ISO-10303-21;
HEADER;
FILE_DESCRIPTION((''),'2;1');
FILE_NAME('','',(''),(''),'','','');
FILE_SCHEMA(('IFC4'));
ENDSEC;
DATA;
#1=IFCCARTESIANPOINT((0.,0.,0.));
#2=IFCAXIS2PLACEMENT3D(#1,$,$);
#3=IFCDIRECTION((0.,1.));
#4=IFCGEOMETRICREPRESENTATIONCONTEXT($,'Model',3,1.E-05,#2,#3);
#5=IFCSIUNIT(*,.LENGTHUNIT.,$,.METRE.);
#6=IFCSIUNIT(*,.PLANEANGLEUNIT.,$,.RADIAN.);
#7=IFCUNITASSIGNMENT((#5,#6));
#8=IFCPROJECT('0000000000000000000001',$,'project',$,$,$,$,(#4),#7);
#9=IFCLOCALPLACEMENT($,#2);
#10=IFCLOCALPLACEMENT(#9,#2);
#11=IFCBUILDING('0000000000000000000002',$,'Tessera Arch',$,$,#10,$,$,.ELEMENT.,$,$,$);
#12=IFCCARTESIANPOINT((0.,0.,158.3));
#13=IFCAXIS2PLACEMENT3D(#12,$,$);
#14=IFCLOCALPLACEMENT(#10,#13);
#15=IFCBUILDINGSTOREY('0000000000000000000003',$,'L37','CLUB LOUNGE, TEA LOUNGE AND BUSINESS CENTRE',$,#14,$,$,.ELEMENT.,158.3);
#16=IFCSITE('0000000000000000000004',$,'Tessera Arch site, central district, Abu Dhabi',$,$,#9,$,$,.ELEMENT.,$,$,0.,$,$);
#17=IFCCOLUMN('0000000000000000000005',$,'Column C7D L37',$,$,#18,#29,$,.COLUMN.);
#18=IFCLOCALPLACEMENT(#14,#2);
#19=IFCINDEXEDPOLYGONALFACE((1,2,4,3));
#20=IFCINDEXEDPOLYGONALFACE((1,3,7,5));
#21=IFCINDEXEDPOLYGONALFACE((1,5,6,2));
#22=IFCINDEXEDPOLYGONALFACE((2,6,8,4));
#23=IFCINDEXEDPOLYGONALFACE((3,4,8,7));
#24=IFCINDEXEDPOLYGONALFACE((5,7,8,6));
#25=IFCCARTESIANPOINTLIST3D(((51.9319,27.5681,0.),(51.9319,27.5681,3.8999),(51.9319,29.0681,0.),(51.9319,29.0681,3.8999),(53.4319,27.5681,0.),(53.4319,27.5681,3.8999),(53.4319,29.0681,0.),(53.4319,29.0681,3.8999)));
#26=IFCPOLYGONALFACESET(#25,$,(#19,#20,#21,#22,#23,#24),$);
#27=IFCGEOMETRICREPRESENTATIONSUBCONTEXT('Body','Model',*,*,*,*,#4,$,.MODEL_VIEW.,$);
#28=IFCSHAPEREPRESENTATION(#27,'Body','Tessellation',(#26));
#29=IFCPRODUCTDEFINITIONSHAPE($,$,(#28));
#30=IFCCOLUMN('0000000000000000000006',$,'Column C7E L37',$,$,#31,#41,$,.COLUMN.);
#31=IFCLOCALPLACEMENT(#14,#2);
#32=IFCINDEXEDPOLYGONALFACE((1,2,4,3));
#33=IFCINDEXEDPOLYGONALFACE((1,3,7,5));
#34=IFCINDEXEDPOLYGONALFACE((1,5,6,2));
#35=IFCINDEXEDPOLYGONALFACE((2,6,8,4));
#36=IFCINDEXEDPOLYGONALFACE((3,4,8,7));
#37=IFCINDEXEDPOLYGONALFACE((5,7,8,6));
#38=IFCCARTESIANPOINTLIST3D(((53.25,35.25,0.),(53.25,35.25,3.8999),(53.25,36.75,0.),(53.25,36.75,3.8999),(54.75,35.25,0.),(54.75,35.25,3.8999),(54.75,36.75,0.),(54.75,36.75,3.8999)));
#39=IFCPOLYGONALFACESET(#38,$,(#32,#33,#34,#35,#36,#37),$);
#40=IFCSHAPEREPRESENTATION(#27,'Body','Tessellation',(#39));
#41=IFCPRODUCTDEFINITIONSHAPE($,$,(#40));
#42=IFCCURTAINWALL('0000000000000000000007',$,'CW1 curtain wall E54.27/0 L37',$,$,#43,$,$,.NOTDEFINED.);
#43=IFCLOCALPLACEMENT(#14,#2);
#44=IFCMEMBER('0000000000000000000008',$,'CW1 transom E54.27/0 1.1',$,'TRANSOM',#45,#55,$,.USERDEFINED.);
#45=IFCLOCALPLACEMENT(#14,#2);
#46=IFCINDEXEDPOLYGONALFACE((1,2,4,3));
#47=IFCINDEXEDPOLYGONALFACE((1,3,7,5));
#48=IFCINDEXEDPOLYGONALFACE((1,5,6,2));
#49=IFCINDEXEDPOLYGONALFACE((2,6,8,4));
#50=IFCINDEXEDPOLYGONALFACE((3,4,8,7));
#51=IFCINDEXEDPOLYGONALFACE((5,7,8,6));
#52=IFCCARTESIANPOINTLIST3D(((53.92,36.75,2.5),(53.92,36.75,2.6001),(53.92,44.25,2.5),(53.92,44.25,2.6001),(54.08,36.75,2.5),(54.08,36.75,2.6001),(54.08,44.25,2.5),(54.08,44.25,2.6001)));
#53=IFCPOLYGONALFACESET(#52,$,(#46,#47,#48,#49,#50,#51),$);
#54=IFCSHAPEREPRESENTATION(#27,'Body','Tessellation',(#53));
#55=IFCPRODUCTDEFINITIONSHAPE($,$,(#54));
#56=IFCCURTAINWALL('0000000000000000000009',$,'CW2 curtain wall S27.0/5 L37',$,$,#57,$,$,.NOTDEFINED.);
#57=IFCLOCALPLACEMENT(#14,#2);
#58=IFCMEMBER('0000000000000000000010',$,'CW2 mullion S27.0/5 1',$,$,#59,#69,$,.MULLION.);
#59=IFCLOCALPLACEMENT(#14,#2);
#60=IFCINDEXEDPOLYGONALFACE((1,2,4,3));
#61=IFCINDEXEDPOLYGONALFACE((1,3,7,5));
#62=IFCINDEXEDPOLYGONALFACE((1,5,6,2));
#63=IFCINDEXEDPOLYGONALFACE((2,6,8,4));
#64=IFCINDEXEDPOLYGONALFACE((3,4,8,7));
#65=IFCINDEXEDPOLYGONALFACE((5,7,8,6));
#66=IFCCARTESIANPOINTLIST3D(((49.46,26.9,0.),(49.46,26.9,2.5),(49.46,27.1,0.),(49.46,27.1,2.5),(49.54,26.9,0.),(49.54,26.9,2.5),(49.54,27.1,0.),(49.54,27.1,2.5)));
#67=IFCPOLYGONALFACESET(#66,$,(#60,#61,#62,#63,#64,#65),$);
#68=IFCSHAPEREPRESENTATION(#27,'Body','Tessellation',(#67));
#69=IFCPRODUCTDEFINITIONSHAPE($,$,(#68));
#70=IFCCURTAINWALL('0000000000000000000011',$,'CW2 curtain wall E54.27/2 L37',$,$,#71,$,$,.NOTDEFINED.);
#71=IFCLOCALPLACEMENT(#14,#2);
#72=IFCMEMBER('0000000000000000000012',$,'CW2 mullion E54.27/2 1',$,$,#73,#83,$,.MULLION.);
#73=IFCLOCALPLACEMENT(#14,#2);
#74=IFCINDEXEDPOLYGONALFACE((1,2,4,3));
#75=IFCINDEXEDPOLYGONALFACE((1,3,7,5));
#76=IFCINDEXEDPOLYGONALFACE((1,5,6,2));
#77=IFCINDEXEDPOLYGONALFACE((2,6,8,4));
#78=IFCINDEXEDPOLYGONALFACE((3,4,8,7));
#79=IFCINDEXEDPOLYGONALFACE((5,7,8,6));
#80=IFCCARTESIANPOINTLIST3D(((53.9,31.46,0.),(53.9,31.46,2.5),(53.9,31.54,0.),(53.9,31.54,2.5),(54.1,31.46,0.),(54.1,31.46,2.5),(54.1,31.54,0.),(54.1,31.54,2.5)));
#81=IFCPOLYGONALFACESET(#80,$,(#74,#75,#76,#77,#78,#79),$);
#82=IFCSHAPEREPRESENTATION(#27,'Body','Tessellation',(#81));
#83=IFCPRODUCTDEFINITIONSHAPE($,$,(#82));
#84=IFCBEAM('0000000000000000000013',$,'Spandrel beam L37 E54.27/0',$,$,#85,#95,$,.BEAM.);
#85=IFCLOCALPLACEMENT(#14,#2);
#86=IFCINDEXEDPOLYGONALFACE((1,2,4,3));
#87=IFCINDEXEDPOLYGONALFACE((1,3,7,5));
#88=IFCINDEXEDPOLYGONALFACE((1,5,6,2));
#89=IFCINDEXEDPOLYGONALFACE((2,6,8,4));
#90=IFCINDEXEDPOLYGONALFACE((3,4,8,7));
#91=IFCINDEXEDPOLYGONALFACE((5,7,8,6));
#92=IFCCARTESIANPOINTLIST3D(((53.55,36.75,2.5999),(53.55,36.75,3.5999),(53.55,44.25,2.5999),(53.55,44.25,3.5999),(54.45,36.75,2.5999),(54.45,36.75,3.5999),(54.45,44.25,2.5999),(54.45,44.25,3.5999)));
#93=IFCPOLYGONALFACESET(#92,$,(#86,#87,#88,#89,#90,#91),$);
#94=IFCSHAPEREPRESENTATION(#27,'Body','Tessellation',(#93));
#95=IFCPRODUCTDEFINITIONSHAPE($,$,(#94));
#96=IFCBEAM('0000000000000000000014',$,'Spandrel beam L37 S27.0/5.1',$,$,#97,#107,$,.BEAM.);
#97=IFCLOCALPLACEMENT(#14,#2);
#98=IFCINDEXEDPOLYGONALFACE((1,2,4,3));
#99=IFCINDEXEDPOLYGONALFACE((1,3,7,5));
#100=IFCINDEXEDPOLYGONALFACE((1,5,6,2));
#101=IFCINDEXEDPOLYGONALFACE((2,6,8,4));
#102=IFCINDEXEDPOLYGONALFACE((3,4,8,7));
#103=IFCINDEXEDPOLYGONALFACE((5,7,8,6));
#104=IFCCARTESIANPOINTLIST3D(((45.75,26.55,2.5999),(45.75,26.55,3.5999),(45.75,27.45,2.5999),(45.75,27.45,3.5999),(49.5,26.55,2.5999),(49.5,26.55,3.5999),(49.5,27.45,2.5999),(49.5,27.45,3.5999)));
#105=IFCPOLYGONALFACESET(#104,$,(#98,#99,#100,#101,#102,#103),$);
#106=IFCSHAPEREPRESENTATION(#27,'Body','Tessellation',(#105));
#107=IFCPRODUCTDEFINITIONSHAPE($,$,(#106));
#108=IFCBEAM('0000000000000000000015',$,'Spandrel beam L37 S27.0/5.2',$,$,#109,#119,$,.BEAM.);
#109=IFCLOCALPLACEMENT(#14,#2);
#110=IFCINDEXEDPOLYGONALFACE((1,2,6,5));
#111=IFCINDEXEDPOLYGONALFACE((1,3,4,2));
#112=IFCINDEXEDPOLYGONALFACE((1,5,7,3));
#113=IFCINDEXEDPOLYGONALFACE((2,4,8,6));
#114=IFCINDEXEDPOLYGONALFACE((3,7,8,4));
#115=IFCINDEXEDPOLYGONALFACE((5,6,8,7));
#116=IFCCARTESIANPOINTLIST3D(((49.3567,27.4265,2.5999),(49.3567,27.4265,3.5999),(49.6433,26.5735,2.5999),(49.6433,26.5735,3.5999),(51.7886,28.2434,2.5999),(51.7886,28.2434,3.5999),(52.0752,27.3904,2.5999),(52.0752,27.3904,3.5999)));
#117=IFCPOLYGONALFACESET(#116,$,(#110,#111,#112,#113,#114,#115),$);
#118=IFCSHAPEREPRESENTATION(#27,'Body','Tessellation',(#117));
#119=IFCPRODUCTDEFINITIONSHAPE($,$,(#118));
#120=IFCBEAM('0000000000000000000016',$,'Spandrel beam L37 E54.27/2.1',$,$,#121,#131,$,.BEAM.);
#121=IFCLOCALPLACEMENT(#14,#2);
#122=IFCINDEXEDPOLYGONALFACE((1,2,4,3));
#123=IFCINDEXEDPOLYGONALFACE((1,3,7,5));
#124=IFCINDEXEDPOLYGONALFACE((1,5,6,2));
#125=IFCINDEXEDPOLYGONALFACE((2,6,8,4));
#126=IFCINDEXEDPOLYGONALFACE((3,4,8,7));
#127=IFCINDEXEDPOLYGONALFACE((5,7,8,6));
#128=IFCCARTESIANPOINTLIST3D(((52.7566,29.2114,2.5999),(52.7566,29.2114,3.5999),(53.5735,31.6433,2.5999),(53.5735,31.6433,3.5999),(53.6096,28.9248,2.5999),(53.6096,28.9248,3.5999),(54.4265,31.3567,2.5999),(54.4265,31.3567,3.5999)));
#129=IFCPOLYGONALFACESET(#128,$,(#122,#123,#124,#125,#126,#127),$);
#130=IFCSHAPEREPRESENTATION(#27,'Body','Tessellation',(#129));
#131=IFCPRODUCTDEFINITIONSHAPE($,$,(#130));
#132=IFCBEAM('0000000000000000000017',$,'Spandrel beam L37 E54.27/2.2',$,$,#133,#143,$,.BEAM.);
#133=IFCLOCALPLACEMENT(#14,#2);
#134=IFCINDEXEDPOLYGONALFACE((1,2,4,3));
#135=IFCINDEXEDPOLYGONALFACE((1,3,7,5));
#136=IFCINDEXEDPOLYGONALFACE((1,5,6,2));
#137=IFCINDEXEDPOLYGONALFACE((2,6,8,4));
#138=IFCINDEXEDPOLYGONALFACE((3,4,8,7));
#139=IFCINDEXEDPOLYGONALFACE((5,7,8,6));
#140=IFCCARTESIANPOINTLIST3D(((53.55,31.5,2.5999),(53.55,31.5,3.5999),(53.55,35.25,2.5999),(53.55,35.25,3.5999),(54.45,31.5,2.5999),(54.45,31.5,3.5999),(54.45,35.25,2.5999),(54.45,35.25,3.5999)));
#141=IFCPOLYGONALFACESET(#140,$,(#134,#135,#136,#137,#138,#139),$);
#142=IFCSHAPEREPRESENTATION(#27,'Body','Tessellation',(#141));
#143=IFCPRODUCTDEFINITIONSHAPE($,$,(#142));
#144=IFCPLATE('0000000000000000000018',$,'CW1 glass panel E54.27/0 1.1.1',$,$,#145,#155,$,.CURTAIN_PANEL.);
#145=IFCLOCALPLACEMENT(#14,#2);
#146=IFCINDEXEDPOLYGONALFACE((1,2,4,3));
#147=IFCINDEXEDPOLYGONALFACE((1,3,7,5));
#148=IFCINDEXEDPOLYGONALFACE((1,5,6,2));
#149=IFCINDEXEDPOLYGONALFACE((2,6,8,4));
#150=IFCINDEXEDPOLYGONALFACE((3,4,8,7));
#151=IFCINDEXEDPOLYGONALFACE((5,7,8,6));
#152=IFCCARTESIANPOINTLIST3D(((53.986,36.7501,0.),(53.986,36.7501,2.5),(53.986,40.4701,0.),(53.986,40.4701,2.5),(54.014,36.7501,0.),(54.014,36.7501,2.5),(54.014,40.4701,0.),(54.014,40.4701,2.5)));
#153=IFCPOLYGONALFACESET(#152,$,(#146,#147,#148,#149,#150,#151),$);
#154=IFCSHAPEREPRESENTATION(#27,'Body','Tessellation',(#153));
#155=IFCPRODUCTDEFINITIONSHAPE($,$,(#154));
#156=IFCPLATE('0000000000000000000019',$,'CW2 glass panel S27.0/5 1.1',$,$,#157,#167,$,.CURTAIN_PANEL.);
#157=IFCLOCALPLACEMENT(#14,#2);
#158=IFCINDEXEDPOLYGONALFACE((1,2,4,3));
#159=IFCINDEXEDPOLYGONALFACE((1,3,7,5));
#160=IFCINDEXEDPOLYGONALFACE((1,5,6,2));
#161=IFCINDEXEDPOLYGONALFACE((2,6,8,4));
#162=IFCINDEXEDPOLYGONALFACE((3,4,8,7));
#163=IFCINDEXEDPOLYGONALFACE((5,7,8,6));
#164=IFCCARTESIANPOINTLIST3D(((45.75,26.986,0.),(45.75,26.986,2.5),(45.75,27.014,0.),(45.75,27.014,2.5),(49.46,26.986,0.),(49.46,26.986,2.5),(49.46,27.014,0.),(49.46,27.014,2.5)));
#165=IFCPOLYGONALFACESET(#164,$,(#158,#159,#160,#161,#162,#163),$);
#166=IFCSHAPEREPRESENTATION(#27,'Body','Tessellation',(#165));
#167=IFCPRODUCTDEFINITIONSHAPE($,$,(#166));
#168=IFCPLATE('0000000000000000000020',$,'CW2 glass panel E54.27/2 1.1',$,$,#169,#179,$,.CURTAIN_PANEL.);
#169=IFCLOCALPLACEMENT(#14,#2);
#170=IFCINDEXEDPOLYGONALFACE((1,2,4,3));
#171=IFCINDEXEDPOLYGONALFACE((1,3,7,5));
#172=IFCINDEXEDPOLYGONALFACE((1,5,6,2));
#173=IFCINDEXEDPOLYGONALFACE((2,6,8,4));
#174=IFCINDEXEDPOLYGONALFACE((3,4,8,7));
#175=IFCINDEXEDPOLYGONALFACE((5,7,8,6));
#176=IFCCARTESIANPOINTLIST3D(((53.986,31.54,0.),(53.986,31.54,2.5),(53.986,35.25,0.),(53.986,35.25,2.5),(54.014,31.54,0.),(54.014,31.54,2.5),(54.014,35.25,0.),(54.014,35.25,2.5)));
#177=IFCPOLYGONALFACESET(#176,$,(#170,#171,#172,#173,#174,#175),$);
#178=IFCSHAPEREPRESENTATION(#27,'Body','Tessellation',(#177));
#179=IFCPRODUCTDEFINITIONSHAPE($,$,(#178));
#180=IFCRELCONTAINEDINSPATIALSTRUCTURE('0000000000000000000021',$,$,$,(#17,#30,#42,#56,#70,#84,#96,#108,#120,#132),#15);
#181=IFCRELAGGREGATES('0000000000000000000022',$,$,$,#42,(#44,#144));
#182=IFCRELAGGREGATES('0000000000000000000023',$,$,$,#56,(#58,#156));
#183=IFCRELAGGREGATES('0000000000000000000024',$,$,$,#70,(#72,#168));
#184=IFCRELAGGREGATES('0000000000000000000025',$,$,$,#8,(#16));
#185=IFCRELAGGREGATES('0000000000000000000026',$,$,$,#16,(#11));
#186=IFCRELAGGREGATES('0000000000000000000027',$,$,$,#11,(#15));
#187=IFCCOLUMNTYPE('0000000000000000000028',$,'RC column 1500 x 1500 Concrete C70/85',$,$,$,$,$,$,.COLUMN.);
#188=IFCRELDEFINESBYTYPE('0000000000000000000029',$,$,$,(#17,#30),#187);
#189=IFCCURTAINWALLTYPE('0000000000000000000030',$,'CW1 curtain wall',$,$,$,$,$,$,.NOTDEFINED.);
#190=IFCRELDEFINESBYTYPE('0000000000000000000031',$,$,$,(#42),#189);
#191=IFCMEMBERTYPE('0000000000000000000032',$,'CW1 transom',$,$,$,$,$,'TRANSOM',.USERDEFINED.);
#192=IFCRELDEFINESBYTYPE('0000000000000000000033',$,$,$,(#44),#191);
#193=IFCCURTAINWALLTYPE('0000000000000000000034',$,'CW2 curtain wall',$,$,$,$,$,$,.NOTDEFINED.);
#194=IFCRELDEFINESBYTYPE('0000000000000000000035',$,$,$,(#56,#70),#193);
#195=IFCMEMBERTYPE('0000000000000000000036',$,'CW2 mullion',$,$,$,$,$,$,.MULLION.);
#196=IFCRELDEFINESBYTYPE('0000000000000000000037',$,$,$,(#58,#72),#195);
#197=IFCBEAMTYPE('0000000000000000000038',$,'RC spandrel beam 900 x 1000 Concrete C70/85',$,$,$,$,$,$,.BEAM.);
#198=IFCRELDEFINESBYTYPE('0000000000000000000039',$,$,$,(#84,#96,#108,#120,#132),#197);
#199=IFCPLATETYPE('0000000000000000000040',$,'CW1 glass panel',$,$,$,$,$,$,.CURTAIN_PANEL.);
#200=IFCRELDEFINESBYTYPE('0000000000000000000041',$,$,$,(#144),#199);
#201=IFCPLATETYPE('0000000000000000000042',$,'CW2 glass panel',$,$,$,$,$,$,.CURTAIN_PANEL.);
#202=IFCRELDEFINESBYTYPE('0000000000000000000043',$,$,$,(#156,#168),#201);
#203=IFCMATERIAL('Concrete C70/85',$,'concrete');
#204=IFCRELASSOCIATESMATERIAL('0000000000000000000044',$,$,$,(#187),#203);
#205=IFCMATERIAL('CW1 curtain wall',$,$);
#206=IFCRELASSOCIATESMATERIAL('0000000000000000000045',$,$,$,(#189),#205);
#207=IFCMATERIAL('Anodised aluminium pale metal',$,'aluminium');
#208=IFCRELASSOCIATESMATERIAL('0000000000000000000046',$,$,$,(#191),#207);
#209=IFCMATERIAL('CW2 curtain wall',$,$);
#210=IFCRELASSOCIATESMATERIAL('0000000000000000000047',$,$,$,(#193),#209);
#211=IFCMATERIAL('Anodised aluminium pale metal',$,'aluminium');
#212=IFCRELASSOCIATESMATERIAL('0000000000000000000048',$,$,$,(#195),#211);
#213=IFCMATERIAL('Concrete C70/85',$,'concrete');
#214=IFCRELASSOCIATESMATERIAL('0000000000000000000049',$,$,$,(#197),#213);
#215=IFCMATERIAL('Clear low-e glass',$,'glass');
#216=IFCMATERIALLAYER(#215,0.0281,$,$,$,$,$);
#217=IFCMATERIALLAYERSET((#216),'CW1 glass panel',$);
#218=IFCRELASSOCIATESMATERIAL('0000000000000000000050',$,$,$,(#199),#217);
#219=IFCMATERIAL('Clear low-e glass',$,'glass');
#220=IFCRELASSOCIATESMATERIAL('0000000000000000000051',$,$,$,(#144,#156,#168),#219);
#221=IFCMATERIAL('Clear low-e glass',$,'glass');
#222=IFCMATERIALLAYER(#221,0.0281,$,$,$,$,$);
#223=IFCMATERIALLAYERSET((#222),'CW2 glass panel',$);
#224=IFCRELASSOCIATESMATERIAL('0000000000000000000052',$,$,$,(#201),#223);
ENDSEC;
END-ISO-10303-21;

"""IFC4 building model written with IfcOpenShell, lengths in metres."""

from ifc_helpers import new_model, si_unit, direction, frame, origin, origin_2d, place, context, subcontext, project, spatial, rectangle, extrude, material, layer, layer_set, material_profile, profile_set, type_object, element, aggregate, save


model = new_model("IFC4")

# Units and contexts
model_context = context("Model", 3, precision=1e-05, world=origin(), true_north=direction((0.0, 1.0)))
body_context = subcontext(model_context, "Body", "Model", "MODEL_VIEW")
ifc_project = project(units=[si_unit("LENGTHUNIT", "METRE"), si_unit("PLANEANGLEUNIT", "RADIAN")], contexts=[model_context])

# Site, building, storey
site_placement = place(None, origin())
site = spatial("IfcSite", under=ifc_project, at=site_placement, Name="Tessera Arch site, central district, Abu Dhabi", CompositionType="ELEMENT", RefElevation=0.0)
building_placement = place(site_placement, origin())
building = spatial("IfcBuilding", under=site, at=building_placement, Name="Tessera Arch", CompositionType="ELEMENT")
storey_placement = place(building_placement, frame((0.0, 0.0, 158.3)))
storey = spatial("IfcBuildingStorey", under=building, at=storey_placement, Name="L37", Description="CLUB LOUNGE, TEA LOUNGE AND BUSINESS CENTRE", CompositionType="ELEMENT", Elevation=158.3)

# Columns
ifc_material_1 = material(Name="Concrete C70/85", Category="concrete")
ifc_material_profile_1 = material_profile(ifc_material_1, rectangle(XDim=1.5, YDim=1.5, at=origin_2d()), Name="RC column 1500 x 1500 Concrete C70/85")
ifc_profile_set_1 = profile_set([ifc_material_profile_1], Name="Concrete C70/85")
column_type = type_object("IfcColumnType", Name="RC column 1500 x 1500 Concrete C70/85", PredefinedType="COLUMN", material=ifc_profile_set_1)
for number, where, z_axis, x_axis, name in (
    (1, (52.6819, 28.3181, 0.0), (0.0, 0.0, 1.0), (1.0, 0.0, 0.0), "Column C7D L37"),
    (2, (54.0, 36.0, 0.0), (0.0, 0.0, 1.0), (1.0, 0.0, 0.0), "Column C7E L37"),
):
    element("IfcColumn", number, at=place(storey_placement, frame(where, z_axis=z_axis, x_axis=x_axis)), inside=storey, type_object=column_type, Name=name, PredefinedType="COLUMN", context=body_context, shape_type="SweptSolid", body=[
        extrude(rectangle(XDim=1.5, YDim=1.5, at=origin_2d()), origin(), (0.0, 0.0, 1.0), 3.8999),
    ])

# Curtain walls, members
ifc_material_2 = material(Name="CW1 curtain wall")
curtain_wall_type_1 = type_object("IfcCurtainWallType", Name="CW1 curtain wall", PredefinedType="NOTDEFINED", material=ifc_material_2)
curtain_wall_1_placement = place(storey_placement, origin())
curtain_wall_1 = element("IfcCurtainWall", 3, at=curtain_wall_1_placement, inside=storey, type_object=curtain_wall_type_1, Name="CW1 curtain wall E54.27/0 L37", PredefinedType="NOTDEFINED")
ifc_material_3 = material(Name="Anodised aluminium pale metal", Category="aluminium")
ifc_material_profile_2 = material_profile(ifc_material_3, rectangle(XDim=0.1599, YDim=0.1001, at=origin_2d()), Name="AL 160x100")
ifc_profile_set_2 = profile_set([ifc_material_profile_2], Name="Anodised aluminium pale metal")
member_type_1 = type_object("IfcMemberType", Name="CW1 transom", ElementType="TRANSOM", PredefinedType="USERDEFINED", material=ifc_profile_set_2)
member_1_placement = place(storey_placement, frame((54.0, 36.75, 2.55), z_axis=(0.0, 1.0, 0.0), x_axis=(-1.0, 0.0, 0.0)))
member_1 = element("IfcMember", 4, at=member_1_placement, type_object=member_type_1, Name="CW1 transom E54.27/0 1.1", ObjectType="TRANSOM", PredefinedType="USERDEFINED", context=body_context, shape_type="SweptSolid", body=[
    extrude(rectangle(XDim=0.1599, YDim=0.1001, at=origin_2d()), origin(), (0.0, 0.0, 1.0), 7.5),
])
ifc_material_4 = material(Name="CW2 curtain wall")
curtain_wall_type_2 = type_object("IfcCurtainWallType", Name="CW2 curtain wall", PredefinedType="NOTDEFINED", material=ifc_material_4)
curtain_wall_2_placement = place(storey_placement, origin())
curtain_wall_2 = element("IfcCurtainWall", 5, at=curtain_wall_2_placement, inside=storey, type_object=curtain_wall_type_2, Name="CW2 curtain wall S27.0/5 L37", PredefinedType="NOTDEFINED")
ifc_material_5 = material(Name="Anodised aluminium pale metal", Category="aluminium")
ifc_material_profile_3 = material_profile(ifc_material_5, rectangle(XDim=0.2, YDim=0.0801, at=origin_2d()), Name="AL 80x200")
ifc_profile_set_3 = profile_set([ifc_material_profile_3], Name="Anodised aluminium pale metal")
member_type_2 = type_object("IfcMemberType", Name="CW2 mullion", PredefinedType="MULLION", material=ifc_profile_set_3)
member_2_placement = place(storey_placement, frame((49.5, 27.0, 0.0), z_axis=(0.0, 0.0, 1.0), x_axis=(0.0, 1.0, 0.0)))
member_2 = element("IfcMember", 6, at=member_2_placement, type_object=member_type_2, Name="CW2 mullion S27.0/5 1", PredefinedType="MULLION", context=body_context, shape_type="SweptSolid", body=[
    extrude(rectangle(XDim=0.2, YDim=0.0801, at=origin_2d()), origin(), (0.0, 0.0, 1.0), 2.5),
])
curtain_wall_3_placement = place(storey_placement, origin())
curtain_wall_3 = element("IfcCurtainWall", 7, at=curtain_wall_3_placement, inside=storey, type_object=curtain_wall_type_2, Name="CW2 curtain wall E54.27/2 L37", PredefinedType="NOTDEFINED")
member_3_placement = place(storey_placement, frame((54.0, 31.5, 0.0), z_axis=(0.0, 0.0, 1.0), x_axis=(-1.0, 0.0, 0.0)))
member_3 = element("IfcMember", 8, at=member_3_placement, type_object=member_type_2, Name="CW2 mullion E54.27/2 1", PredefinedType="MULLION", context=body_context, shape_type="SweptSolid", body=[
    extrude(rectangle(XDim=0.2, YDim=0.0801, at=origin_2d()), origin(), (0.0, 0.0, 1.0), 2.5),
])

# Beams
ifc_material_6 = material(Name="Concrete C70/85", Category="concrete")
ifc_material_profile_4 = material_profile(ifc_material_6, rectangle(XDim=0.8999, YDim=1.0, at=origin_2d()), Name="RC spandrel beam 900 x 1000 Concrete C70/85")
ifc_profile_set_4 = profile_set([ifc_material_profile_4], Name="Concrete C70/85")
beam_type = type_object("IfcBeamType", Name="RC spandrel beam 900 x 1000 Concrete C70/85", PredefinedType="BEAM", material=ifc_profile_set_4)
beam_1_placement = place(storey_placement, frame((54.0, 36.75, 3.0999), z_axis=(0.0, 1.0, 0.0), x_axis=(-1.0, 0.0, 0.0)))
element("IfcBeam", 9, at=beam_1_placement, inside=storey, type_object=beam_type, Name="Spandrel beam L37 E54.27/0", PredefinedType="BEAM", context=body_context, shape_type="SweptSolid", body=[
    extrude(rectangle(XDim=0.8999, YDim=1.0, at=origin_2d()), origin(), (0.0, 0.0, 1.0), 7.5),
])
beam_2_placement = place(storey_placement, frame((45.75, 27.0, 3.0999), z_axis=(1.0, 0.0, 0.0), x_axis=(0.0, 1.0, 0.0)))
element("IfcBeam", 10, at=beam_2_placement, inside=storey, type_object=beam_type, Name="Spandrel beam L37 S27.0/5.1", PredefinedType="BEAM", context=body_context, shape_type="SweptSolid", body=[
    extrude(rectangle(XDim=0.8999, YDim=1.0, at=origin_2d()), origin(), (0.0, 0.0, 1.0), 3.75),
])
for number, where, z_axis, x_axis, name in (
    (11, (49.5, 27.0, 3.0999), (0.947948, 0.318425, 0.0), (-0.318425, 0.947948, 0.0), "Spandrel beam L37 S27.0/5.2"),
    (12, (53.1831, 29.0681, 3.0999), (0.318425, 0.947948, 0.0), (-0.947948, 0.318425, 0.0), "Spandrel beam L37 E54.27/2.1"),
):
    element("IfcBeam", number, at=place(storey_placement, frame(where, z_axis=z_axis, x_axis=x_axis)), inside=storey, type_object=beam_type, Name=name, PredefinedType="BEAM", context=body_context, shape_type="SweptSolid", body=[
        extrude(rectangle(XDim=0.8999, YDim=1.0, at=origin_2d()), origin(), (0.0, 0.0, 1.0), 2.5654),
    ])
beam_3_placement = place(storey_placement, frame((54.0, 31.5, 3.0999), z_axis=(0.0, 1.0, 0.0), x_axis=(-1.0, 0.0, 0.0)))
element("IfcBeam", 13, at=beam_3_placement, inside=storey, type_object=beam_type, Name="Spandrel beam L37 E54.27/2.2", PredefinedType="BEAM", context=body_context, shape_type="SweptSolid", body=[
    extrude(rectangle(XDim=0.8999, YDim=1.0, at=origin_2d()), origin(), (0.0, 0.0, 1.0), 3.75),
])

# Plates
ifc_material_7 = material(Name="Clear low-e glass", Category="glass")
ifc_material_8 = material(Name="Clear low-e glass", Category="glass")
ifc_layer_1 = layer(ifc_material_8, 0.0281)
ifc_layer_set_1 = layer_set([ifc_layer_1], Name="CW1 glass panel")
plate_type_1 = type_object("IfcPlateType", Name="CW1 glass panel", PredefinedType="CURTAIN_PANEL", material=ifc_layer_set_1)
plate_1_placement = place(storey_placement, frame((54.0, 38.6101, 0.0), z_axis=(0.0, 0.0, 1.0), x_axis=(0.0, 1.0, 0.0)))
plate_1 = element("IfcPlate", 14, at=plate_1_placement, type_object=plate_type_1, material=ifc_material_7, Name="CW1 glass panel E54.27/0 1.1.1", PredefinedType="CURTAIN_PANEL", context=body_context, shape_type="SweptSolid", body=[
    extrude(rectangle(XDim=3.72, YDim=0.0281, at=origin_2d()), origin(), (0.0, 0.0, 1.0), 2.5),
])
aggregate(curtain_wall_1, [member_1, plate_1])
ifc_material_9 = material(Name="Clear low-e glass", Category="glass")
ifc_layer_2 = layer(ifc_material_9, 0.0281)
ifc_layer_set_2 = layer_set([ifc_layer_2], Name="CW2 glass panel")
plate_type_2 = type_object("IfcPlateType", Name="CW2 glass panel", PredefinedType="CURTAIN_PANEL", material=ifc_layer_set_2)
plate_2_placement = place(storey_placement, frame((47.605, 27.0, 0.0), z_axis=(0.0, 0.0, 1.0), x_axis=(1.0, 0.0, 0.0)))
plate_2 = element("IfcPlate", 15, at=plate_2_placement, type_object=plate_type_2, material=ifc_material_7, Name="CW2 glass panel S27.0/5 1.1", PredefinedType="CURTAIN_PANEL", context=body_context, shape_type="SweptSolid", body=[
    extrude(rectangle(XDim=3.71, YDim=0.0281, at=origin_2d()), origin(), (0.0, 0.0, 1.0), 2.5),
])
aggregate(curtain_wall_2, [member_2, plate_2])
plate_3_placement = place(storey_placement, frame((54.0, 33.395, 0.0), z_axis=(0.0, 0.0, 1.0), x_axis=(0.0, 1.0, 0.0)))
plate_3 = element("IfcPlate", 16, at=plate_3_placement, type_object=plate_type_2, material=ifc_material_7, Name="CW2 glass panel E54.27/2 1.1", PredefinedType="CURTAIN_PANEL", context=body_context, shape_type="SweptSolid", body=[
    extrude(rectangle(XDim=3.71, YDim=0.0281, at=origin_2d()), origin(), (0.0, 0.0, 1.0), 2.5),
])
aggregate(curtain_wall_3, [member_3, plate_3])

save(model, "model.ifc")
